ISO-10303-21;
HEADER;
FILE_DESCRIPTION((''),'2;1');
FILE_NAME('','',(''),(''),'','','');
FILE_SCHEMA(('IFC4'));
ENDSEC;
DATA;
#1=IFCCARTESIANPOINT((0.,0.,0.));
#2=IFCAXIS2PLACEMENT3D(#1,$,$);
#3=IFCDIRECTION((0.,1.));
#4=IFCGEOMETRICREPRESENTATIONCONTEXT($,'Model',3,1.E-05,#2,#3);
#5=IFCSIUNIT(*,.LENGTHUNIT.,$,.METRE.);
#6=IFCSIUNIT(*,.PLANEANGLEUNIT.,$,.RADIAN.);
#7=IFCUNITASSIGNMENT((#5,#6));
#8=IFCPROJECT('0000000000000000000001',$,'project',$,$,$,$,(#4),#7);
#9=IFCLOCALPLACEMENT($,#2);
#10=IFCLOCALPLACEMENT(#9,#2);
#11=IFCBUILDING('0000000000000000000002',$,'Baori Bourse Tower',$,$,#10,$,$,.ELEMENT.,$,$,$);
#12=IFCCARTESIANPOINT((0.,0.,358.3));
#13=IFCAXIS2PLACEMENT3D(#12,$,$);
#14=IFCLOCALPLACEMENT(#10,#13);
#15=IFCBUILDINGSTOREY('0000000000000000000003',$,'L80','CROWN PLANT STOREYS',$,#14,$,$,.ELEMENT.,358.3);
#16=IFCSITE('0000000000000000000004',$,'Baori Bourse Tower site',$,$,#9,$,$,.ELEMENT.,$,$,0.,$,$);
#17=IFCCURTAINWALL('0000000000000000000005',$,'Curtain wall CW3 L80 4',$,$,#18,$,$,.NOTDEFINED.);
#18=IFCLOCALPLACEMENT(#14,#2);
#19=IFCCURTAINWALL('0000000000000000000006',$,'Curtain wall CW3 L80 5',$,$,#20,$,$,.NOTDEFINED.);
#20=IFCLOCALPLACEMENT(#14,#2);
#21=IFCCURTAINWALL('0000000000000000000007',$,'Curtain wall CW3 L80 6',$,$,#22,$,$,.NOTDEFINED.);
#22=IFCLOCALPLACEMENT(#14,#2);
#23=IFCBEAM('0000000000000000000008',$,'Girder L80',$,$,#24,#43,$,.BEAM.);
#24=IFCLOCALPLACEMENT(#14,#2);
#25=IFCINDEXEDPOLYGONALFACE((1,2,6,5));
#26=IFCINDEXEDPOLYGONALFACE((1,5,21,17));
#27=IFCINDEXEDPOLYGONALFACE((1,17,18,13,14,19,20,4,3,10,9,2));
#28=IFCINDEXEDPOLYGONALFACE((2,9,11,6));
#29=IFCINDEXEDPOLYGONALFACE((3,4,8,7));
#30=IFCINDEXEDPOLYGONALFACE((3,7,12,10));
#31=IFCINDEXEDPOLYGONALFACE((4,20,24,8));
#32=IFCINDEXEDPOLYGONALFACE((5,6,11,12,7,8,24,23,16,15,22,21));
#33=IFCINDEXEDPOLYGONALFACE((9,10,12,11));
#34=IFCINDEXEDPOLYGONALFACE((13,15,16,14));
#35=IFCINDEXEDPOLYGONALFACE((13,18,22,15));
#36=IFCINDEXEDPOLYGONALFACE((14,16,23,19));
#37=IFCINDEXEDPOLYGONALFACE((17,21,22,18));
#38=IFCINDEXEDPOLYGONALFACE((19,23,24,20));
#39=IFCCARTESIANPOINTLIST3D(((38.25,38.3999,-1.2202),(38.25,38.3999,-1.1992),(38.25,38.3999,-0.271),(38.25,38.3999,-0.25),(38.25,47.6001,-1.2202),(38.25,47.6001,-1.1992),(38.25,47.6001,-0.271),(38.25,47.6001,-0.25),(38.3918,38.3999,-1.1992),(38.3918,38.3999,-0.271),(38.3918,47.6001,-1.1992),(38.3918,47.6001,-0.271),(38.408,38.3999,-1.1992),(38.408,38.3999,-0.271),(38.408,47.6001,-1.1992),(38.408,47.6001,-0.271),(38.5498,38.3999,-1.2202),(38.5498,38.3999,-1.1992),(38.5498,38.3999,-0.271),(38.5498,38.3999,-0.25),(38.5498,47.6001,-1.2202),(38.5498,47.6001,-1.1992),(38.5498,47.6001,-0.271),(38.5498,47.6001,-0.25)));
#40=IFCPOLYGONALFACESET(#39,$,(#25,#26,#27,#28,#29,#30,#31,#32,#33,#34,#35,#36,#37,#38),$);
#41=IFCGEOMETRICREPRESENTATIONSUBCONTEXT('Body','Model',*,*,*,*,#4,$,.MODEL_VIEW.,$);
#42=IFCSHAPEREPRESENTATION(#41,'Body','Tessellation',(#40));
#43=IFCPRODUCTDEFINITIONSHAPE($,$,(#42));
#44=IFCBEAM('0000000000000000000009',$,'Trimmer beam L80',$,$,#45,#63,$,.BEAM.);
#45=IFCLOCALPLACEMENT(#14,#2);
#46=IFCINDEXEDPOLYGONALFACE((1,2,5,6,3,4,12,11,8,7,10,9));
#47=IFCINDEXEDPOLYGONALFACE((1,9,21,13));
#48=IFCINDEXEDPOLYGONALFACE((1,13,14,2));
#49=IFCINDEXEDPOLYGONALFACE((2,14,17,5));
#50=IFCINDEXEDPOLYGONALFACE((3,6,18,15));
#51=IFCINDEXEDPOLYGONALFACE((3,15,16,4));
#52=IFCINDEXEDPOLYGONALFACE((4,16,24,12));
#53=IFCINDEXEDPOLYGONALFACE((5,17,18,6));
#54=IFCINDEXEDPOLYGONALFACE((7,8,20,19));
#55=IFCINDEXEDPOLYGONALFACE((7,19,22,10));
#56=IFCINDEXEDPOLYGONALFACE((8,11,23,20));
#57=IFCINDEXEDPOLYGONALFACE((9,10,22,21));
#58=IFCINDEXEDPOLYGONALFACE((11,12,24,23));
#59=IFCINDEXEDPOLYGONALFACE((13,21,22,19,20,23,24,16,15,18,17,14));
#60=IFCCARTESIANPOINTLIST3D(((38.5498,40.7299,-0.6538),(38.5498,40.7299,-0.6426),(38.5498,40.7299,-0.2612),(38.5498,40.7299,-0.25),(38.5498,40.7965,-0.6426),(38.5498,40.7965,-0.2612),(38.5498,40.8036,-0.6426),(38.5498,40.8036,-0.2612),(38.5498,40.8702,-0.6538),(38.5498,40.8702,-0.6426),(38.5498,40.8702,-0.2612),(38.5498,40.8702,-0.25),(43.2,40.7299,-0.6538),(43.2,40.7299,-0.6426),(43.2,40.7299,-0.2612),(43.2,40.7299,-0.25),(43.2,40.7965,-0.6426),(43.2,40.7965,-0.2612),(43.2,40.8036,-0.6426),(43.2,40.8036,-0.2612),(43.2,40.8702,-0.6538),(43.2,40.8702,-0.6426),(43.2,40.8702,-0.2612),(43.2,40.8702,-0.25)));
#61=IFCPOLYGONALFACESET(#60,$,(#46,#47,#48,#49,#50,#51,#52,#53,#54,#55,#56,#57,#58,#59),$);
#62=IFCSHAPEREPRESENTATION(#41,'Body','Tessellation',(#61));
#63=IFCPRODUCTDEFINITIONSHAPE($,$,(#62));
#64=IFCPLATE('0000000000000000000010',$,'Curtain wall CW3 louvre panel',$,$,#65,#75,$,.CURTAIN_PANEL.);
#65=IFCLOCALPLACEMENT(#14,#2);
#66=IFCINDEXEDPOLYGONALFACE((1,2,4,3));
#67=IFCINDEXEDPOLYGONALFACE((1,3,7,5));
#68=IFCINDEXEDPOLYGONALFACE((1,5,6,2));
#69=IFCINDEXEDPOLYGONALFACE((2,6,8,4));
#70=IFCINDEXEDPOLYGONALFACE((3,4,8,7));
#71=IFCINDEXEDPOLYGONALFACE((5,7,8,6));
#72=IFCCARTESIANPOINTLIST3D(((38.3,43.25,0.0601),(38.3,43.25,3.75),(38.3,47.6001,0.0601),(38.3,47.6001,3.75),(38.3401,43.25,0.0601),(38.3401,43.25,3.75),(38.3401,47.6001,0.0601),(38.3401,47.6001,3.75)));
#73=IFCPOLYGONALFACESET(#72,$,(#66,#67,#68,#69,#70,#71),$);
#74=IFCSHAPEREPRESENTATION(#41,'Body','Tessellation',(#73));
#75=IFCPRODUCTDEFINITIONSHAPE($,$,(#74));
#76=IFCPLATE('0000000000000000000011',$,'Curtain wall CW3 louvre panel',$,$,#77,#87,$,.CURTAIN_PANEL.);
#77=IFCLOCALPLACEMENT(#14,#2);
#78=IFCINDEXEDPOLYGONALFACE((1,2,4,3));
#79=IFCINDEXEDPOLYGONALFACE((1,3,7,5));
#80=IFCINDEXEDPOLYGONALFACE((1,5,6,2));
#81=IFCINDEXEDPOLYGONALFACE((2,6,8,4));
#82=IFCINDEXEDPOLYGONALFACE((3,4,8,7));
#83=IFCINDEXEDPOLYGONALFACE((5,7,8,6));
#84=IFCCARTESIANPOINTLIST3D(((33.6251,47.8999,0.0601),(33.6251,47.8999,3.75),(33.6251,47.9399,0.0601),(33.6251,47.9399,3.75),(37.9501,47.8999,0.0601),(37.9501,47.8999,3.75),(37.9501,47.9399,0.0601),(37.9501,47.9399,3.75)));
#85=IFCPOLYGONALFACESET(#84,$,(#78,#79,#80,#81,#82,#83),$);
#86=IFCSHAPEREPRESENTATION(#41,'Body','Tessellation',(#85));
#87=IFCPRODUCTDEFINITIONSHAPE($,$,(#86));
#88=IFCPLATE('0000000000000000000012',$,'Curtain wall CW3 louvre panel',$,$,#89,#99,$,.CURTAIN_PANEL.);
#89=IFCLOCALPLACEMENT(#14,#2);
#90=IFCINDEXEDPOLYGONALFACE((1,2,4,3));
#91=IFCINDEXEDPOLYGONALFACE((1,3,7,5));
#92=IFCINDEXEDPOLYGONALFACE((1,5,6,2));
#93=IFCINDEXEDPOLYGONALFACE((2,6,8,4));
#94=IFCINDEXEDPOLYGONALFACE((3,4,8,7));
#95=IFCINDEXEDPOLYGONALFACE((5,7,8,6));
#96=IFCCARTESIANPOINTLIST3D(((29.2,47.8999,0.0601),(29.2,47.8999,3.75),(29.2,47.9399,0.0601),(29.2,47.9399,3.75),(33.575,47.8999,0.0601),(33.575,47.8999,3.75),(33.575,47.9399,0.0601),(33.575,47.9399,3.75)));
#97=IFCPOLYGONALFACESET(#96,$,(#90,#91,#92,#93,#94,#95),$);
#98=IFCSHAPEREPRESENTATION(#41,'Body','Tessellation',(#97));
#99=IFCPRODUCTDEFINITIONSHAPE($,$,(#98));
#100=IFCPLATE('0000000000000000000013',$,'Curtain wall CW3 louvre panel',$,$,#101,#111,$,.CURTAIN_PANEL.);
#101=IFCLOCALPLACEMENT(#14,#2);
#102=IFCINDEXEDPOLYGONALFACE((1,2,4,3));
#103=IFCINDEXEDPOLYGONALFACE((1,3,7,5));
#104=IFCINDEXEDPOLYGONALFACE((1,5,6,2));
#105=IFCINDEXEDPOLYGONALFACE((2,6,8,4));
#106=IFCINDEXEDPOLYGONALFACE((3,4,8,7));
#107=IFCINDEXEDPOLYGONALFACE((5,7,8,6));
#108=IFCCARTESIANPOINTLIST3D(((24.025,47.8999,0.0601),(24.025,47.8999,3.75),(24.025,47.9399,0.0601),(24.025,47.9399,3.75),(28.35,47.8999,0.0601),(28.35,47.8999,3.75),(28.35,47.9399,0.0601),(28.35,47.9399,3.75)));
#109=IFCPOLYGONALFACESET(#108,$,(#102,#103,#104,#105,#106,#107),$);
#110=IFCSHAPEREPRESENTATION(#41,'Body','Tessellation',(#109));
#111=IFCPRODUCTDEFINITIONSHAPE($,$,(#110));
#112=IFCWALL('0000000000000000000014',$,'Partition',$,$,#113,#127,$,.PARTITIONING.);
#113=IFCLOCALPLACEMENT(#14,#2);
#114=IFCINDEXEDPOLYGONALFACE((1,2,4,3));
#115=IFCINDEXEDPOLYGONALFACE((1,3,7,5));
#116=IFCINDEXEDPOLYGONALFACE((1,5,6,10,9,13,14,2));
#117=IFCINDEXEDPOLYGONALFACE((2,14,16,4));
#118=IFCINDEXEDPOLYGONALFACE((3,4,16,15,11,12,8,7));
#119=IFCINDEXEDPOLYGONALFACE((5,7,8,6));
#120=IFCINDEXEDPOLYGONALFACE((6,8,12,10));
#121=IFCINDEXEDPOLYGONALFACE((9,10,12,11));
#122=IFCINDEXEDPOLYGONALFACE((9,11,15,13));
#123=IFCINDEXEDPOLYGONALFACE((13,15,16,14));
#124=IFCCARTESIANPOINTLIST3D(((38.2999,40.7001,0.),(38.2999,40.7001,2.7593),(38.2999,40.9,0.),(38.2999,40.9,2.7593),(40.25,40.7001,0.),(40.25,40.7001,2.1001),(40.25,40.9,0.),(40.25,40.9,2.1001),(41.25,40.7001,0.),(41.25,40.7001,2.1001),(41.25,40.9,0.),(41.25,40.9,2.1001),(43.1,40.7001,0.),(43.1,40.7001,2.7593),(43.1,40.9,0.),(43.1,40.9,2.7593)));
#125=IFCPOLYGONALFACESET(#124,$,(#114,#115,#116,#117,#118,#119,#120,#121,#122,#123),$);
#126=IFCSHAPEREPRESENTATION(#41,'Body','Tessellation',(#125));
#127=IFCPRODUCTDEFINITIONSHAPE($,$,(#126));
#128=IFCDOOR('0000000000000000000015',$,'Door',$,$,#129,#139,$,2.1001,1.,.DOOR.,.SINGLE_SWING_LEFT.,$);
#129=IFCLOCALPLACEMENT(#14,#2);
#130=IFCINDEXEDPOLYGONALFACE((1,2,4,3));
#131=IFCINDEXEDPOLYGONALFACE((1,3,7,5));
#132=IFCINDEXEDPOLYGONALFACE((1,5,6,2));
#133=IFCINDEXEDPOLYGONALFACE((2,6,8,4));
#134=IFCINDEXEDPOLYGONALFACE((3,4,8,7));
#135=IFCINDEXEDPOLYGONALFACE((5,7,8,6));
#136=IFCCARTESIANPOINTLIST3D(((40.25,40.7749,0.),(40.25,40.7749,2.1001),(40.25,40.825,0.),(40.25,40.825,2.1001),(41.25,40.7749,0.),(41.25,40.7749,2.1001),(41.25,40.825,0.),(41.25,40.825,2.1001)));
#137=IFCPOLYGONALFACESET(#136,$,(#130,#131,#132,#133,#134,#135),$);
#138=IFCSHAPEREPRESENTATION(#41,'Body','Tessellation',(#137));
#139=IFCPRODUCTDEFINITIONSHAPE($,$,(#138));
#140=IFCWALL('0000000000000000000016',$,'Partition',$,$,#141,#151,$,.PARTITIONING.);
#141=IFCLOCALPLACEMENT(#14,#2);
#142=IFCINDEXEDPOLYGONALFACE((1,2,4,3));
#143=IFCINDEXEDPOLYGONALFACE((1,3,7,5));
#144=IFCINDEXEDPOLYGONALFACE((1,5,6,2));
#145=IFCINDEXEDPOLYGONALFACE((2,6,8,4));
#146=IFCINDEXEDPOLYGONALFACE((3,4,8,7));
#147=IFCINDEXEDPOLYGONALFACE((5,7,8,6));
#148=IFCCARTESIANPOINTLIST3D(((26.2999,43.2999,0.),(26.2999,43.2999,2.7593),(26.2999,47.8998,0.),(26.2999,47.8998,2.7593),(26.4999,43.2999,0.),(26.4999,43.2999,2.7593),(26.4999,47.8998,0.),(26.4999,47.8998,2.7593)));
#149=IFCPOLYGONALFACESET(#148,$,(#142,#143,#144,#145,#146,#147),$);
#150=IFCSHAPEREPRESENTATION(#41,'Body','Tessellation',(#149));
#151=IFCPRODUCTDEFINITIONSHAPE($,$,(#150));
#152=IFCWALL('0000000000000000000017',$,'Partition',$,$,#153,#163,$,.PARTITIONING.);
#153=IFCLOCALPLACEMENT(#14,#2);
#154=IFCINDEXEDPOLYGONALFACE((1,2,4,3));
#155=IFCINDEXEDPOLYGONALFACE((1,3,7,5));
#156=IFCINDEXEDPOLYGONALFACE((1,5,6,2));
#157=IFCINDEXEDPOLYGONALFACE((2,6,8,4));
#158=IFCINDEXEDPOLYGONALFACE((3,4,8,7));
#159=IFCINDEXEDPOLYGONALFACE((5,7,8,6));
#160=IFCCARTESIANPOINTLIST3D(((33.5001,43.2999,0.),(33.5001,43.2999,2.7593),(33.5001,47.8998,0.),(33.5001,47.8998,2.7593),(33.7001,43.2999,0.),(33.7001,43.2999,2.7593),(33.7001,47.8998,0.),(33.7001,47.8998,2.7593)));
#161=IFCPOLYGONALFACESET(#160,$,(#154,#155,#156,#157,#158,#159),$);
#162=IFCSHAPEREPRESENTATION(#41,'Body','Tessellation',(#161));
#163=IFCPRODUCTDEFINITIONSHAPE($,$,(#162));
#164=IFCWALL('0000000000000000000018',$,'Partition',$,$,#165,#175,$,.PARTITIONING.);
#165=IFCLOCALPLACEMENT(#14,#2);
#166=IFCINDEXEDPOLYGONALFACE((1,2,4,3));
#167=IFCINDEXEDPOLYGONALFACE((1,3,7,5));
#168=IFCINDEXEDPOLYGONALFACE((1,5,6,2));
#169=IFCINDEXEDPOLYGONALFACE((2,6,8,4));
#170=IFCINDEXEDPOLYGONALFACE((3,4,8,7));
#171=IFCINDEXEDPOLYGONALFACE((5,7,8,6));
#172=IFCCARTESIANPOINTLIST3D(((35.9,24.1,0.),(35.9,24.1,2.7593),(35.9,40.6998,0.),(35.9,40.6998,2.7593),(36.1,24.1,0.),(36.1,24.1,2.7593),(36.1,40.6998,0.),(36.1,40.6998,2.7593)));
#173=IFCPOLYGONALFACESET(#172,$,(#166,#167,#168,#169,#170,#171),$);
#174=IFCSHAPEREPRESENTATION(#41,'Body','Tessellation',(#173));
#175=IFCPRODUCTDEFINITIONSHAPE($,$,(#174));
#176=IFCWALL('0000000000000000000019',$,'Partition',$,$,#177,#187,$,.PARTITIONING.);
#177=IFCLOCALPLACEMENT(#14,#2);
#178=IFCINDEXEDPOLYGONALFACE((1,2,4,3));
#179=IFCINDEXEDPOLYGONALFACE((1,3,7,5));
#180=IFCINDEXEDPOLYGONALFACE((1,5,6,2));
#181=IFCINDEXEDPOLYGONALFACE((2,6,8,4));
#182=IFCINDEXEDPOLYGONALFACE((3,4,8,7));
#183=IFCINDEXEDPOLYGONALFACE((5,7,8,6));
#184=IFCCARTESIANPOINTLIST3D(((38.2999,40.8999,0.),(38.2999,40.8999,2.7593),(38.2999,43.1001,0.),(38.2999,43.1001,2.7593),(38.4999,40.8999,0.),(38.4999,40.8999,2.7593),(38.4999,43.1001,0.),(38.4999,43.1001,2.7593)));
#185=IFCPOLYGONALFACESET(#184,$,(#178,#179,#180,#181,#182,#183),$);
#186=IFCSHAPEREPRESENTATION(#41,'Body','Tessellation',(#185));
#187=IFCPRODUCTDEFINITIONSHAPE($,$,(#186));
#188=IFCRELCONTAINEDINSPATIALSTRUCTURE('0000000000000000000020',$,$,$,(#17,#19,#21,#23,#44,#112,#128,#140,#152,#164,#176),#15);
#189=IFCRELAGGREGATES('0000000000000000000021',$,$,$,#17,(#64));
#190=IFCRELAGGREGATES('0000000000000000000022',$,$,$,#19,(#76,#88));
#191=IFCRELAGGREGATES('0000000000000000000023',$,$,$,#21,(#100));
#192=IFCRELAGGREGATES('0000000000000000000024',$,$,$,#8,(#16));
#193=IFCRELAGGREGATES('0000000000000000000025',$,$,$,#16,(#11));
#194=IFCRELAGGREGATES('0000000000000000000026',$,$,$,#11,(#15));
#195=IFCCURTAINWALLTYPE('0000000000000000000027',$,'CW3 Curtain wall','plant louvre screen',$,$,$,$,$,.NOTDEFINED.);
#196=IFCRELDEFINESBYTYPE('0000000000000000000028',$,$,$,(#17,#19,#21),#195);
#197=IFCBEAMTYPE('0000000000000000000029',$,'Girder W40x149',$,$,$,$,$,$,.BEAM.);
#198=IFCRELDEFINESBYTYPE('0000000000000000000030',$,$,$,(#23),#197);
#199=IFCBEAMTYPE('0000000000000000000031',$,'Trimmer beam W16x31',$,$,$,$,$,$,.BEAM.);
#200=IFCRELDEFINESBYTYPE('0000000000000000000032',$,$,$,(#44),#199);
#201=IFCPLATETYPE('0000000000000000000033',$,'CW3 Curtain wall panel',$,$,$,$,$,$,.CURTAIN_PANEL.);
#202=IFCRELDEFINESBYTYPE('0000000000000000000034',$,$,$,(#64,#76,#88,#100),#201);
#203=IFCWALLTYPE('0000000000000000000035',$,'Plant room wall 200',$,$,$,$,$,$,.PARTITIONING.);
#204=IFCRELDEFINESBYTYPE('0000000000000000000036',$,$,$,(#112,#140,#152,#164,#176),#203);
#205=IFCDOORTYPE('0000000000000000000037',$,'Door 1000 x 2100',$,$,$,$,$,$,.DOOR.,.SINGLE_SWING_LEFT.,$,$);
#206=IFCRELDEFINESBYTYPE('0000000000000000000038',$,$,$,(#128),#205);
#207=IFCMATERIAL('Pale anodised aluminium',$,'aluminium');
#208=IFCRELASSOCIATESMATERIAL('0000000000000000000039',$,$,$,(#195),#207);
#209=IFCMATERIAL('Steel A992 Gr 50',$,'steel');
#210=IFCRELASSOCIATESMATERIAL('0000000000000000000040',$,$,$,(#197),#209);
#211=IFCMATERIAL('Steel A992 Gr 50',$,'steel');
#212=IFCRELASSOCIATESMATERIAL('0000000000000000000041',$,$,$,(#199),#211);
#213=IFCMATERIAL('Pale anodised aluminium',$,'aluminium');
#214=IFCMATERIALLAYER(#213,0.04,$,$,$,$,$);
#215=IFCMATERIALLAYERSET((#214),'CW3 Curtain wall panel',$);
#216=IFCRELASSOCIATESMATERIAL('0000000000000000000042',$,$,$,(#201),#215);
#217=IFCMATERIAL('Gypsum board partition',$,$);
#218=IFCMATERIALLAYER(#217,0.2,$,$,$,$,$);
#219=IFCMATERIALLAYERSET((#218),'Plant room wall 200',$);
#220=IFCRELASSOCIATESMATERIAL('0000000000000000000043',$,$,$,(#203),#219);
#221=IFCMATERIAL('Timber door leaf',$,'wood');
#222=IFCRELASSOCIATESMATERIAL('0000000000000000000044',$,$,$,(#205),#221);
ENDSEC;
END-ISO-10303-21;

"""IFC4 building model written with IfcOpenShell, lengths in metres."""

from ifc_helpers import new_model, si_unit, direction, frame, frame_2d, origin, origin_2d, place, context, subcontext, project, spatial, rectangle, i_section, extrude, material, layer, layer_set, material_profile, profile_set, type_object, element, fill, aggregate, save


model = new_model("IFC4")

# Units and contexts
model_context = context("Model", 3, precision=1e-05, world=origin(), true_north=direction((0.0, 1.0)))
body_context = subcontext(model_context, "Body", "Model", "MODEL_VIEW")
ifc_project = project(units=[si_unit("LENGTHUNIT", "METRE"), si_unit("PLANEANGLEUNIT", "RADIAN")], contexts=[model_context])

# Site, building, storey
site_placement = place(None, origin())
site = spatial("IfcSite", under=ifc_project, at=site_placement, Name="Baori Bourse Tower site", CompositionType="ELEMENT", RefElevation=0.0)
building_placement = place(site_placement, origin())
building = spatial("IfcBuilding", under=site, at=building_placement, Name="Baori Bourse Tower", CompositionType="ELEMENT")
storey_placement = place(building_placement, frame((0.0, 0.0, 358.3)))
storey = spatial("IfcBuildingStorey", under=building, at=storey_placement, Name="L80", Description="CROWN PLANT STOREYS", CompositionType="ELEMENT", Elevation=358.3)

# Curtain wall
ifc_material_1 = material(Name="Pale anodised aluminium", Category="aluminium")
curtain_wall_type = type_object("IfcCurtainWallType", Name="CW3 Curtain wall", Description="plant louvre screen", PredefinedType="NOTDEFINED", material=ifc_material_1)
curtain_wall_1_placement = place(storey_placement, origin())
curtain_wall_1 = element("IfcCurtainWall", 1, at=curtain_wall_1_placement, inside=storey, type_object=curtain_wall_type, Name="Curtain wall CW3 L80 4", PredefinedType="NOTDEFINED")

# Curtain walls
curtain_wall_2_placement = place(storey_placement, origin())
curtain_wall_2 = element("IfcCurtainWall", 2, at=curtain_wall_2_placement, inside=storey, type_object=curtain_wall_type, Name="Curtain wall CW3 L80 5", PredefinedType="NOTDEFINED")
curtain_wall_3_placement = place(storey_placement, origin())
curtain_wall_3 = element("IfcCurtainWall", 3, at=curtain_wall_3_placement, inside=storey, type_object=curtain_wall_type, Name="Curtain wall CW3 L80 6", PredefinedType="NOTDEFINED")

# Beams
ifc_material_2 = material(Name="Steel A992 Gr 50", Category="steel")
ifc_material_profile_1 = material_profile(ifc_material_2, i_section(OverallWidth=0.2998, OverallDepth=0.9702, WebThickness=0.0161, FlangeThickness=0.021, at=origin_2d()), Name="W40x149")
ifc_profile_set_1 = profile_set([ifc_material_profile_1], Name="Steel A992 Gr 50")
beam_type_1 = type_object("IfcBeamType", Name="Girder W40x149", PredefinedType="BEAM", material=ifc_profile_set_1)
beam_1_placement = place(storey_placement, frame((38.3999, 38.3999, -0.7351), z_axis=(0.0, 1.0, 0.0), x_axis=(-1.0, 0.0, 0.0)))
element("IfcBeam", 4, at=beam_1_placement, inside=storey, type_object=beam_type_1, Name="Girder L80", PredefinedType="BEAM", context=body_context, shape_type="SweptSolid", body=[
    extrude(i_section(OverallWidth=0.2998, OverallDepth=0.9702, WebThickness=0.0161, FlangeThickness=0.021, at=origin_2d()), origin(), (0.0, 0.0, 1.0), 9.2002),
])
ifc_material_3 = material(Name="Steel A992 Gr 50", Category="steel")
ifc_material_profile_2 = material_profile(ifc_material_3, i_section(OverallWidth=0.1404, OverallDepth=0.4038, WebThickness=0.0071, FlangeThickness=0.0112, at=origin_2d()), Name="W16x31")
ifc_profile_set_2 = profile_set([ifc_material_profile_2], Name="Steel A992 Gr 50")
beam_type_2 = type_object("IfcBeamType", Name="Trimmer beam W16x31", PredefinedType="BEAM", material=ifc_profile_set_2)
beam_2_placement = place(storey_placement, frame((38.5498, 40.8, -0.4519), z_axis=(1.0, 0.0, 0.0), x_axis=(0.0, 1.0, 0.0)))
element("IfcBeam", 5, at=beam_2_placement, inside=storey, type_object=beam_type_2, Name="Trimmer beam L80", PredefinedType="BEAM", context=body_context, shape_type="SweptSolid", body=[
    extrude(i_section(OverallWidth=0.1404, OverallDepth=0.4038, WebThickness=0.0071, FlangeThickness=0.0112, at=origin_2d()), origin(), (0.0, 0.0, 1.0), 4.6501),
])

# Plates
ifc_material_4 = material(Name="Pale anodised aluminium", Category="aluminium")
ifc_layer_1 = layer(ifc_material_4, 0.04)
ifc_layer_set_1 = layer_set([ifc_layer_1], Name="CW3 Curtain wall panel")
plate_type = type_object("IfcPlateType", Name="CW3 Curtain wall panel", PredefinedType="CURTAIN_PANEL", material=ifc_layer_set_1)
plate_1_placement = place(storey_placement, frame((38.3201, 45.425, 0.0601), z_axis=(0.0, 0.0, 1.0), x_axis=(0.0, 1.0, 0.0)))
plate_1 = element("IfcPlate", 6, at=plate_1_placement, type_object=plate_type, Name="Curtain wall CW3 louvre panel", PredefinedType="CURTAIN_PANEL", context=body_context, shape_type="SweptSolid", body=[
    extrude(rectangle(XDim=4.3501, YDim=0.04, at=origin_2d()), origin(), (0.0, 0.0, 1.0), 3.6899),
])
aggregate(curtain_wall_1, [plate_1])
plate_2_placement = place(storey_placement, frame((35.7876, 47.9199, 0.0601), z_axis=(0.0, 0.0, 1.0), x_axis=(-1.0, 0.0, 0.0)))
plate_2 = element("IfcPlate", 7, at=plate_2_placement, type_object=plate_type, Name="Curtain wall CW3 louvre panel", PredefinedType="CURTAIN_PANEL", context=body_context, shape_type="SweptSolid", body=[
    extrude(rectangle(XDim=4.325, YDim=0.04, at=origin_2d()), origin(), (0.0, 0.0, 1.0), 3.6899),
])
plate_3_placement = place(storey_placement, frame((31.3875, 47.9199, 0.0601), z_axis=(0.0, 0.0, 1.0), x_axis=(-1.0, 0.0, 0.0)))
plate_3 = element("IfcPlate", 8, at=plate_3_placement, type_object=plate_type, Name="Curtain wall CW3 louvre panel", PredefinedType="CURTAIN_PANEL", context=body_context, shape_type="SweptSolid", body=[
    extrude(rectangle(XDim=4.375, YDim=0.04, at=origin_2d()), origin(), (0.0, 0.0, 1.0), 3.6899),
])
aggregate(curtain_wall_2, [plate_2, plate_3])
plate_4_placement = place(storey_placement, frame((26.1875, 47.9199, 0.0601), z_axis=(0.0, 0.0, 1.0), x_axis=(-1.0, 0.0, 0.0)))
plate_4 = element("IfcPlate", 9, at=plate_4_placement, type_object=plate_type, Name="Curtain wall CW3 louvre panel", PredefinedType="CURTAIN_PANEL", context=body_context, shape_type="SweptSolid", body=[
    extrude(rectangle(XDim=4.325, YDim=0.04, at=origin_2d()), origin(), (0.0, 0.0, 1.0), 3.6899),
])
aggregate(curtain_wall_3, [plate_4])

# Wall, opening, door
ifc_material_5 = material(Name="Gypsum board partition")
ifc_layer_2 = layer(ifc_material_5, 0.2)
ifc_layer_set_2 = layer_set([ifc_layer_2], Name="Plant room wall 200")
wall_type_1 = type_object("IfcWallType", Name="Plant room wall 200", PredefinedType="PARTITIONING", material=ifc_layer_set_2)
wall_1_placement = place(storey_placement, frame((38.3, 40.8, 0.0), z_axis=(0.0, 0.0, 1.0), x_axis=(1.0, 0.0, 0.0)))
wall_1 = element("IfcWall", 10, at=wall_1_placement, inside=storey, type_object=wall_type_1, Name="Partition", PredefinedType="PARTITIONING", context=body_context, shape_type="SweptSolid", body=[
    extrude(rectangle(XDim=4.8, YDim=0.2, at=frame_2d((2.3999, 0.0))), origin(), (0.0, 0.0, 1.0), 2.7593),
])
opening_1_placement = place(wall_1_placement, frame((1.95, 0.0, 0.0)))
opening_1 = element("IfcOpeningElement", 11, at=opening_1_placement, cuts=wall_1, PredefinedType="OPENING", context=body_context, shape_type="SweptSolid", body=[
    extrude(rectangle(XDim=1.0, YDim=2.1001, at=frame_2d((0.5, 1.05))), frame((0.0, 0.1099, 0.0), z_axis=(0.0, -1.0, 0.0), x_axis=(1.0, 0.0, 0.0)), (0.0, 0.0, 1.0), 0.22),
])
ifc_material_6 = material(Name="Timber door leaf", Category="wood")
door_type_1 = type_object("IfcDoorType", Name="Door 1000 x 2100", OperationType="SINGLE_SWING_LEFT", PredefinedType="DOOR", material=ifc_material_6)
door_1_placement = place(opening_1_placement, origin())
door_1 = element("IfcDoor", 12, at=door_1_placement, inside=storey, type_object=door_type_1, Name="Door", OperationType="SINGLE_SWING_LEFT", OverallHeight=2.1001, OverallWidth=1.0, PredefinedType="DOOR", context=body_context, shape_type="SweptSolid", body=[
    extrude(rectangle(XDim=1.0, YDim=2.1001, at=frame_2d((0.5, 1.05))), frame((0.0, 0.0249, 0.0), z_axis=(0.0, -1.0, 0.0), x_axis=(1.0, 0.0, 0.0)), (0.0, 0.0, 1.0), 0.05),
])
fill(opening_1, door_1)

# Walls
for number, where, z_axis, x_axis, name in (
    (13, (26.3999, 43.3, 0.0), (0.0, 0.0, 1.0), (0.0, 1.0, 0.0), "Partition"),
    (14, (33.6001, 43.3, 0.0), (0.0, 0.0, 1.0), (0.0, 1.0, 0.0), "Partition"),
):
    element("IfcWall", number, at=place(storey_placement, frame(where, z_axis=z_axis, x_axis=x_axis)), inside=storey, type_object=wall_type_1, Name=name, PredefinedType="PARTITIONING", context=body_context, shape_type="SweptSolid", body=[
        extrude(rectangle(XDim=4.5999, YDim=0.2, at=frame_2d((2.2998, 0.0))), origin(), (0.0, 0.0, 1.0), 2.7593),
    ])
wall_2_placement = place(storey_placement, frame((36.0, 24.1001, 0.0), z_axis=(0.0, 0.0, 1.0), x_axis=(0.0, 1.0, 0.0)))
element("IfcWall", 15, at=wall_2_placement, inside=storey, type_object=wall_type_1, Name="Partition", PredefinedType="PARTITIONING", context=body_context, shape_type="SweptSolid", body=[
    extrude(rectangle(XDim=16.5999, YDim=0.2, at=frame_2d((8.2998, 0.0))), origin(), (0.0, 0.0, 1.0), 2.7593),
])
wall_3_placement = place(storey_placement, frame((38.3999, 40.8999, 0.0), z_axis=(0.0, 0.0, 1.0), x_axis=(0.0, 1.0, 0.0)))
element("IfcWall", 16, at=wall_3_placement, inside=storey, type_object=wall_type_1, Name="Partition", PredefinedType="PARTITIONING", context=body_context, shape_type="SweptSolid", body=[
    extrude(rectangle(XDim=2.2002, YDim=0.2, at=frame_2d((1.1001, 0.0))), origin(), (0.0, 0.0, 1.0), 2.7593),
])

save(model, "model.ifc")
